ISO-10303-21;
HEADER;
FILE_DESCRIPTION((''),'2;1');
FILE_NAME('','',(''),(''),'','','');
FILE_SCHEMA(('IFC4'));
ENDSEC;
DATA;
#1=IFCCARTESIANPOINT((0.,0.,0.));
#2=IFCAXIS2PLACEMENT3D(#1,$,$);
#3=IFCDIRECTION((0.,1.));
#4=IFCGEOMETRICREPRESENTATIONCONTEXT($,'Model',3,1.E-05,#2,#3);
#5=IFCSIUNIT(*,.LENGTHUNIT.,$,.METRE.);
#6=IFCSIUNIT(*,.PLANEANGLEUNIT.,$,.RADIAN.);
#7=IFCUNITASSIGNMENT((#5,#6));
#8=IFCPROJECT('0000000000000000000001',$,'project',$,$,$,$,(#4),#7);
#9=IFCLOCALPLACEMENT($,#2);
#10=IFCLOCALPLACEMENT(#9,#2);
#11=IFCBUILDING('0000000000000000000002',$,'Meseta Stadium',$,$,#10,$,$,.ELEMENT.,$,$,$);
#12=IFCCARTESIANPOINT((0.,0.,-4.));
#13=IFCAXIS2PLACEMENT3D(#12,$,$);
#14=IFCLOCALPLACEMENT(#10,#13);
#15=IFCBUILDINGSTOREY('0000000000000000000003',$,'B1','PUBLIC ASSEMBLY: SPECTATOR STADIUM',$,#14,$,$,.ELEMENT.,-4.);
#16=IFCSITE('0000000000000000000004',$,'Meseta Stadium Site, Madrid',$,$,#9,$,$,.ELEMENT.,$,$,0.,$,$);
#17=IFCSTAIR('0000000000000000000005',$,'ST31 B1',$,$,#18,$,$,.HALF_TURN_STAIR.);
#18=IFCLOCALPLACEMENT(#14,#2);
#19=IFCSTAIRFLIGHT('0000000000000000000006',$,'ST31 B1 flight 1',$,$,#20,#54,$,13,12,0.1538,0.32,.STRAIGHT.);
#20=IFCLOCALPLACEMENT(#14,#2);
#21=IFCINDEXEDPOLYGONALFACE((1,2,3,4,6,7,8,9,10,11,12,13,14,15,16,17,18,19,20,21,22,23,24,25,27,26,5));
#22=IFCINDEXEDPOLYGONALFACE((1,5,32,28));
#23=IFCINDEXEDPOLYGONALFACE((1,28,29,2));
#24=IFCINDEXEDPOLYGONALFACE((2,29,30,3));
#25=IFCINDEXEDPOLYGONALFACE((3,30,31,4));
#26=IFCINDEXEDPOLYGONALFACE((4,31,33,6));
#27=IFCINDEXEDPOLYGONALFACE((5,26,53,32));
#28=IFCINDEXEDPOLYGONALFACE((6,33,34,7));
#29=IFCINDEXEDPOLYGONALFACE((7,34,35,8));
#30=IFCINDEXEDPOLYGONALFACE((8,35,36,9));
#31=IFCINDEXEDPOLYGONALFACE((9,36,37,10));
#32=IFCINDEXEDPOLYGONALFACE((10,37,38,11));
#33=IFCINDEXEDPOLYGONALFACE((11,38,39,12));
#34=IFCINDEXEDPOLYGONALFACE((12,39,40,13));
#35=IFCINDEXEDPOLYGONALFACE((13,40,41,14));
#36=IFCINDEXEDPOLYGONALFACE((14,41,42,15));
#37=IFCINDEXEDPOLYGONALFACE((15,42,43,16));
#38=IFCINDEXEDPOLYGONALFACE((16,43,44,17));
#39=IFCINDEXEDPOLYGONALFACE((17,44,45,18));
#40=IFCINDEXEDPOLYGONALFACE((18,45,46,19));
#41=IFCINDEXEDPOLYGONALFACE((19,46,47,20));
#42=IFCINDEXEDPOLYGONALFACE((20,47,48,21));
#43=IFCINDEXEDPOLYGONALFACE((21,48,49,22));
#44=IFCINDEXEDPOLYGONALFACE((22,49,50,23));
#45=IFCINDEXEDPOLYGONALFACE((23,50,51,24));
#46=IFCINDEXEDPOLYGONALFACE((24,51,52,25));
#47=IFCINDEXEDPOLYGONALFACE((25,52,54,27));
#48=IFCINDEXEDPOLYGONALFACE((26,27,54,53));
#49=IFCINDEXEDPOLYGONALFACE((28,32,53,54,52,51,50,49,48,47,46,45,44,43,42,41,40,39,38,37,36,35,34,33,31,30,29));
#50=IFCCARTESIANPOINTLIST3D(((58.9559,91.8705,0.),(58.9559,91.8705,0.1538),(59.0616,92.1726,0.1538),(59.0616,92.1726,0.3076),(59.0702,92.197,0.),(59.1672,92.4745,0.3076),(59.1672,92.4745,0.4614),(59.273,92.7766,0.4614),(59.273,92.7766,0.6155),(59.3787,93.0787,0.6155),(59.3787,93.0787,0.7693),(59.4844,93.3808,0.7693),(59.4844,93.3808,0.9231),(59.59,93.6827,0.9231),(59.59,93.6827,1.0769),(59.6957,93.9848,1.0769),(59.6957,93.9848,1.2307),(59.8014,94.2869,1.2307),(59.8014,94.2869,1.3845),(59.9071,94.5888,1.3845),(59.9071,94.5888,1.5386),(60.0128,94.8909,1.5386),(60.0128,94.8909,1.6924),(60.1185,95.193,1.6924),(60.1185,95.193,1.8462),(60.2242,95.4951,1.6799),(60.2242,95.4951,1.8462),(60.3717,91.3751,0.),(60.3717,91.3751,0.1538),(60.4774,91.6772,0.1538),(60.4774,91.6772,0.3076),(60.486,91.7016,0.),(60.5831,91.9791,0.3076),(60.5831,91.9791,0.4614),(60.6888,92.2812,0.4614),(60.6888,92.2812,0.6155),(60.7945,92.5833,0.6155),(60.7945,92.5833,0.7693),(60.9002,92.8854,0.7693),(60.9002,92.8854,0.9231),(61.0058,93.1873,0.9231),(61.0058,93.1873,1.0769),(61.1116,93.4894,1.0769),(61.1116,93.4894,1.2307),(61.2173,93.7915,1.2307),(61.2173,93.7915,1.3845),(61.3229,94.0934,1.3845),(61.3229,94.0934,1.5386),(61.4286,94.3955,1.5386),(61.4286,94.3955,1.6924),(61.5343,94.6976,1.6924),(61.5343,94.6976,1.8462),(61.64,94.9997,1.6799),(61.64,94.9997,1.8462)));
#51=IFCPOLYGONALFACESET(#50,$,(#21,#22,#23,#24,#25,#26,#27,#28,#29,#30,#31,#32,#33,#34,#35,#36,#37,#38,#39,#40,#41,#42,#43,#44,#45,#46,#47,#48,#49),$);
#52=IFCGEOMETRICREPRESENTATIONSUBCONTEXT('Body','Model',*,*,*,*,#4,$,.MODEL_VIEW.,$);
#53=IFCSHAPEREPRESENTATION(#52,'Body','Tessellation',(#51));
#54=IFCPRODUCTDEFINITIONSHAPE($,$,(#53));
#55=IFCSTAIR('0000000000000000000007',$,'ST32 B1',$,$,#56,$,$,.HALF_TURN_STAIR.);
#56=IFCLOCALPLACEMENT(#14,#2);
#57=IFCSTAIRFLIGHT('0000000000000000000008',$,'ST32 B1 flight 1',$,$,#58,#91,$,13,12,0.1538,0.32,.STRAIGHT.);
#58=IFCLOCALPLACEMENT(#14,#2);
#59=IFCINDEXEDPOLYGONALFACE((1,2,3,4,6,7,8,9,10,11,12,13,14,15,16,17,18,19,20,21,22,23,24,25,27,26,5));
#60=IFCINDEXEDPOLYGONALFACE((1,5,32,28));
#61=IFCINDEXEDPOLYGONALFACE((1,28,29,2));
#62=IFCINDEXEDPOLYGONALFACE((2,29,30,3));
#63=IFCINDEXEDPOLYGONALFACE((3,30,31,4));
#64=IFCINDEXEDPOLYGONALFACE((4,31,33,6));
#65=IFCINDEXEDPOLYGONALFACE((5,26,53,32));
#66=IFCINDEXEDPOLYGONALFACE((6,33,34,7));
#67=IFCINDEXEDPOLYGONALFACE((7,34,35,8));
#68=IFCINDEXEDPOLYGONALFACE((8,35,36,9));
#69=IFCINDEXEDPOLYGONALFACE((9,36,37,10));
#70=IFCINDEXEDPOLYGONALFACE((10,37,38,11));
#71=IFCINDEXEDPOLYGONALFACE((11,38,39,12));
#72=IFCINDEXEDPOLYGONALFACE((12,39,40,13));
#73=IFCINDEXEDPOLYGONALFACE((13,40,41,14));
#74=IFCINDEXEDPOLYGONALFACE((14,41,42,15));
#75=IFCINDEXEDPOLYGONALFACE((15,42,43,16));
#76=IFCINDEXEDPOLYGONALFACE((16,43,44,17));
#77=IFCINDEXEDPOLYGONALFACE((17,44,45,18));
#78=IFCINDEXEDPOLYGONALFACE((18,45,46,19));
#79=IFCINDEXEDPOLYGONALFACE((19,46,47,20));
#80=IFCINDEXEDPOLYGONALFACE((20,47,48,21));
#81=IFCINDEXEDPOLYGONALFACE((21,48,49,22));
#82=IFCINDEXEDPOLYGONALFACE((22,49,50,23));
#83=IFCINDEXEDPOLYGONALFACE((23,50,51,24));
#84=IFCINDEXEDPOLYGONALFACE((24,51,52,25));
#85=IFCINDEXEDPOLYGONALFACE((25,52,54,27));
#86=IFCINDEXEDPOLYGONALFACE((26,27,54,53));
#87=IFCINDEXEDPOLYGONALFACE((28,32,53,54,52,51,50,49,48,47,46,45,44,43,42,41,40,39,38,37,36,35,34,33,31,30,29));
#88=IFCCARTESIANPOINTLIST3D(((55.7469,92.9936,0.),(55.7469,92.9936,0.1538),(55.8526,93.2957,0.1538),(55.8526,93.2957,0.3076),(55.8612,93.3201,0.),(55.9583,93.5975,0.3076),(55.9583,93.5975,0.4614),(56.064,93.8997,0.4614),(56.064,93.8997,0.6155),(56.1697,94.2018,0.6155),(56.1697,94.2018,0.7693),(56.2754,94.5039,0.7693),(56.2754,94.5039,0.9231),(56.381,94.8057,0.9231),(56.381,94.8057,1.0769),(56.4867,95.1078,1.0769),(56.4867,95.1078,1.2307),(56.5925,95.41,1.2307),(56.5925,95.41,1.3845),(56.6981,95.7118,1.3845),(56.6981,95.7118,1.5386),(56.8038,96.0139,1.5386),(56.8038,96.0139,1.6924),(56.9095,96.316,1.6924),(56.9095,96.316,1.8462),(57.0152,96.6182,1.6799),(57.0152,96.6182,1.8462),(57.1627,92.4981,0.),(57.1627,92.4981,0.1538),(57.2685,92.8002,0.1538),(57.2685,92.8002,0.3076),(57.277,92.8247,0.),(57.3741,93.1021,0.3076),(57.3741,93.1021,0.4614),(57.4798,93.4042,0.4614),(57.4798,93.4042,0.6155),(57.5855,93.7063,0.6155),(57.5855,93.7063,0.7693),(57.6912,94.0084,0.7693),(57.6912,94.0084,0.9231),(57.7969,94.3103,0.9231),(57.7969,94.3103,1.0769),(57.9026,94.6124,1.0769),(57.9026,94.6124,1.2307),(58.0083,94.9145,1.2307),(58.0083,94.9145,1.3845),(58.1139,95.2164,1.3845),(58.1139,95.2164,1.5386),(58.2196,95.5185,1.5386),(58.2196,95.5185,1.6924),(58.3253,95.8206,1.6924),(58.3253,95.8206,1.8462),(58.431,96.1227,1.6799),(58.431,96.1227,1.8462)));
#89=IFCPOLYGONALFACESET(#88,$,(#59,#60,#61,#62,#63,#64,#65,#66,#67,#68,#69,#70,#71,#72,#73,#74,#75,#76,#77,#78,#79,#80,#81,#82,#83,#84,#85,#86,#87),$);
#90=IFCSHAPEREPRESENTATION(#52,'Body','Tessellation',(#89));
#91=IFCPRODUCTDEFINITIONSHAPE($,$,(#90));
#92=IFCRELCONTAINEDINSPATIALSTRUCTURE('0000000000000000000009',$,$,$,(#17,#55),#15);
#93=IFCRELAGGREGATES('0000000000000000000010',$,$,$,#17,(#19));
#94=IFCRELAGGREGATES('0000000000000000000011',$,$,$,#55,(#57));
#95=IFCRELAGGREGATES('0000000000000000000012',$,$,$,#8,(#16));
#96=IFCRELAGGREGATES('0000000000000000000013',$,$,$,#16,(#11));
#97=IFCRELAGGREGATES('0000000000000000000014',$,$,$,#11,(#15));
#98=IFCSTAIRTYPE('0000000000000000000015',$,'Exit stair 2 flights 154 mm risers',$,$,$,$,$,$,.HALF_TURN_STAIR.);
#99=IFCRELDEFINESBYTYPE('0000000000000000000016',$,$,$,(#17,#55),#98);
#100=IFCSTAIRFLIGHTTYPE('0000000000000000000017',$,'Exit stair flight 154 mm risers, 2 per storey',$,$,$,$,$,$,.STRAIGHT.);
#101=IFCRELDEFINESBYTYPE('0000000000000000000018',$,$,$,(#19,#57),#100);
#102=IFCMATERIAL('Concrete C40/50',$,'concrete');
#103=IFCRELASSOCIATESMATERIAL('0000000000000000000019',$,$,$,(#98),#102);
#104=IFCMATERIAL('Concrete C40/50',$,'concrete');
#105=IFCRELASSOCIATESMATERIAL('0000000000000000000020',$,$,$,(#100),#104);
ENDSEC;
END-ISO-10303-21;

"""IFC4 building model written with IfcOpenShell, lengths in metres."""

from ifc_helpers import new_model, si_unit, direction, frame, origin, place, context, subcontext, project, spatial, polyline, outline, extrude, material, type_object, element, aggregate, save


model = new_model("IFC4")

# Units and contexts
model_context = context("Model", 3, precision=1e-05, world=origin(), true_north=direction((0.0, 1.0)))
body_context = subcontext(model_context, "Body", "Model", "MODEL_VIEW")
ifc_project = project(units=[si_unit("LENGTHUNIT", "METRE"), si_unit("PLANEANGLEUNIT", "RADIAN")], contexts=[model_context])

# Site, building, storey
site_placement = place(None, origin())
site = spatial("IfcSite", under=ifc_project, at=site_placement, Name="Meseta Stadium Site, Madrid", CompositionType="ELEMENT", RefElevation=0.0)
building_placement = place(site_placement, origin())
building = spatial("IfcBuilding", under=site, at=building_placement, Name="Meseta Stadium", CompositionType="ELEMENT")
storey_placement = place(building_placement, frame((0.0, 0.0, -4.0)))
storey = spatial("IfcBuildingStorey", under=building, at=storey_placement, Name="B1", Description="PUBLIC ASSEMBLY: SPECTATOR STADIUM", CompositionType="ELEMENT", Elevation=-4.0)

# Stairs, stair flights
ifc_material_1 = material(Name="Concrete C40/50", Category="concrete")
stair_type = type_object("IfcStairType", Name="Exit stair 2 flights 154 mm risers", PredefinedType="HALF_TURN_STAIR", material=ifc_material_1)
stair_1_placement = place(storey_placement, origin())
stair_1 = element("IfcStair", 1, at=stair_1_placement, inside=storey, type_object=stair_type, Name="ST31 B1", PredefinedType="HALF_TURN_STAIR")
ifc_material_2 = material(Name="Concrete C40/50", Category="concrete")
stair_flight_type = type_object("IfcStairFlightType", Name="Exit stair flight 154 mm risers, 2 per storey", PredefinedType="STRAIGHT", material=ifc_material_2)
stair_flight_1_placement = place(storey_placement, frame((59.6638, 91.6228, 0.0), z_axis=(0.0, 0.0, 1.0), x_axis=(0.330279, 0.943883, 0.0)))
stair_flight_1 = element("IfcStairFlight", 2, at=stair_flight_1_placement, type_object=stair_flight_type, Name="ST31 B1 flight 1", NumberOfRisers=13, NumberOfTreads=12, PredefinedType="STRAIGHT", RiserHeight=0.1538, TreadLength=0.32, context=body_context, shape_type="SweptSolid", body=[
    extrude(outline(polyline([(0.0, 0.0), (0.0, 0.1538), (0.3201, 0.1538), (0.3201, 0.3076), (0.6399, 0.3076), (0.6399, 0.4614), (0.96, 0.4614), (0.96, 0.6155), (1.28, 0.6155), (1.28, 0.7693), (1.6001, 0.7693), (1.6001, 0.9231), (1.9199, 0.9231), (1.9199, 1.0769), (2.24, 1.0769), (2.24, 1.2307), (2.5601, 1.2307), (2.5601, 1.3845), (2.8799, 1.3845), (2.8799, 1.5386), (3.2, 1.5386), (3.2, 1.6924), (3.52, 1.6924), (3.52, 1.8462), (3.8401, 1.8462), (3.8401, 1.6799), (0.3459, 0.0), (0.0, 0.0)])), frame((0.0, 0.75, 0.0), z_axis=(0.0, -1.0, 0.0), x_axis=(1.0, 0.0, 0.0)), (0.0, 0.0, 1.0), 1.5),
])
aggregate(stair_1, [stair_flight_1])
stair_2_placement = place(storey_placement, origin())
stair_2 = element("IfcStair", 3, at=stair_2_placement, inside=storey, type_object=stair_type, Name="ST32 B1", PredefinedType="HALF_TURN_STAIR")
stair_flight_2_placement = place(storey_placement, frame((56.4548, 92.7458, 0.0), z_axis=(0.0, 0.0, 1.0), x_axis=(0.330279, 0.943883, 0.0)))
stair_flight_2 = element("IfcStairFlight", 4, at=stair_flight_2_placement, type_object=stair_flight_type, Name="ST32 B1 flight 1", NumberOfRisers=13, NumberOfTreads=12, PredefinedType="STRAIGHT", RiserHeight=0.1538, TreadLength=0.32, context=body_context, shape_type="SweptSolid", body=[
    extrude(outline(polyline([(0.0, 0.0), (0.0, 0.1538), (0.3201, 0.1538), (0.3201, 0.3076), (0.6399, 0.3076), (0.6399, 0.4614), (0.96, 0.4614), (0.96, 0.6155), (1.28, 0.6155), (1.28, 0.7693), (1.6001, 0.7693), (1.6001, 0.9231), (1.9199, 0.9231), (1.9199, 1.0769), (2.24, 1.0769), (2.24, 1.2307), (2.5601, 1.2307), (2.5601, 1.3845), (2.8799, 1.3845), (2.8799, 1.5386), (3.2, 1.5386), (3.2, 1.6924), (3.52, 1.6924), (3.52, 1.8462), (3.8401, 1.8462), (3.8401, 1.6799), (0.3459, 0.0), (0.0, 0.0)])), frame((0.0, 0.75, 0.0), z_axis=(0.0, -1.0, 0.0), x_axis=(1.0, 0.0, 0.0)), (0.0, 0.0, 1.0), 1.5),
])
aggregate(stair_2, [stair_flight_2])

save(model, "model.ifc")
